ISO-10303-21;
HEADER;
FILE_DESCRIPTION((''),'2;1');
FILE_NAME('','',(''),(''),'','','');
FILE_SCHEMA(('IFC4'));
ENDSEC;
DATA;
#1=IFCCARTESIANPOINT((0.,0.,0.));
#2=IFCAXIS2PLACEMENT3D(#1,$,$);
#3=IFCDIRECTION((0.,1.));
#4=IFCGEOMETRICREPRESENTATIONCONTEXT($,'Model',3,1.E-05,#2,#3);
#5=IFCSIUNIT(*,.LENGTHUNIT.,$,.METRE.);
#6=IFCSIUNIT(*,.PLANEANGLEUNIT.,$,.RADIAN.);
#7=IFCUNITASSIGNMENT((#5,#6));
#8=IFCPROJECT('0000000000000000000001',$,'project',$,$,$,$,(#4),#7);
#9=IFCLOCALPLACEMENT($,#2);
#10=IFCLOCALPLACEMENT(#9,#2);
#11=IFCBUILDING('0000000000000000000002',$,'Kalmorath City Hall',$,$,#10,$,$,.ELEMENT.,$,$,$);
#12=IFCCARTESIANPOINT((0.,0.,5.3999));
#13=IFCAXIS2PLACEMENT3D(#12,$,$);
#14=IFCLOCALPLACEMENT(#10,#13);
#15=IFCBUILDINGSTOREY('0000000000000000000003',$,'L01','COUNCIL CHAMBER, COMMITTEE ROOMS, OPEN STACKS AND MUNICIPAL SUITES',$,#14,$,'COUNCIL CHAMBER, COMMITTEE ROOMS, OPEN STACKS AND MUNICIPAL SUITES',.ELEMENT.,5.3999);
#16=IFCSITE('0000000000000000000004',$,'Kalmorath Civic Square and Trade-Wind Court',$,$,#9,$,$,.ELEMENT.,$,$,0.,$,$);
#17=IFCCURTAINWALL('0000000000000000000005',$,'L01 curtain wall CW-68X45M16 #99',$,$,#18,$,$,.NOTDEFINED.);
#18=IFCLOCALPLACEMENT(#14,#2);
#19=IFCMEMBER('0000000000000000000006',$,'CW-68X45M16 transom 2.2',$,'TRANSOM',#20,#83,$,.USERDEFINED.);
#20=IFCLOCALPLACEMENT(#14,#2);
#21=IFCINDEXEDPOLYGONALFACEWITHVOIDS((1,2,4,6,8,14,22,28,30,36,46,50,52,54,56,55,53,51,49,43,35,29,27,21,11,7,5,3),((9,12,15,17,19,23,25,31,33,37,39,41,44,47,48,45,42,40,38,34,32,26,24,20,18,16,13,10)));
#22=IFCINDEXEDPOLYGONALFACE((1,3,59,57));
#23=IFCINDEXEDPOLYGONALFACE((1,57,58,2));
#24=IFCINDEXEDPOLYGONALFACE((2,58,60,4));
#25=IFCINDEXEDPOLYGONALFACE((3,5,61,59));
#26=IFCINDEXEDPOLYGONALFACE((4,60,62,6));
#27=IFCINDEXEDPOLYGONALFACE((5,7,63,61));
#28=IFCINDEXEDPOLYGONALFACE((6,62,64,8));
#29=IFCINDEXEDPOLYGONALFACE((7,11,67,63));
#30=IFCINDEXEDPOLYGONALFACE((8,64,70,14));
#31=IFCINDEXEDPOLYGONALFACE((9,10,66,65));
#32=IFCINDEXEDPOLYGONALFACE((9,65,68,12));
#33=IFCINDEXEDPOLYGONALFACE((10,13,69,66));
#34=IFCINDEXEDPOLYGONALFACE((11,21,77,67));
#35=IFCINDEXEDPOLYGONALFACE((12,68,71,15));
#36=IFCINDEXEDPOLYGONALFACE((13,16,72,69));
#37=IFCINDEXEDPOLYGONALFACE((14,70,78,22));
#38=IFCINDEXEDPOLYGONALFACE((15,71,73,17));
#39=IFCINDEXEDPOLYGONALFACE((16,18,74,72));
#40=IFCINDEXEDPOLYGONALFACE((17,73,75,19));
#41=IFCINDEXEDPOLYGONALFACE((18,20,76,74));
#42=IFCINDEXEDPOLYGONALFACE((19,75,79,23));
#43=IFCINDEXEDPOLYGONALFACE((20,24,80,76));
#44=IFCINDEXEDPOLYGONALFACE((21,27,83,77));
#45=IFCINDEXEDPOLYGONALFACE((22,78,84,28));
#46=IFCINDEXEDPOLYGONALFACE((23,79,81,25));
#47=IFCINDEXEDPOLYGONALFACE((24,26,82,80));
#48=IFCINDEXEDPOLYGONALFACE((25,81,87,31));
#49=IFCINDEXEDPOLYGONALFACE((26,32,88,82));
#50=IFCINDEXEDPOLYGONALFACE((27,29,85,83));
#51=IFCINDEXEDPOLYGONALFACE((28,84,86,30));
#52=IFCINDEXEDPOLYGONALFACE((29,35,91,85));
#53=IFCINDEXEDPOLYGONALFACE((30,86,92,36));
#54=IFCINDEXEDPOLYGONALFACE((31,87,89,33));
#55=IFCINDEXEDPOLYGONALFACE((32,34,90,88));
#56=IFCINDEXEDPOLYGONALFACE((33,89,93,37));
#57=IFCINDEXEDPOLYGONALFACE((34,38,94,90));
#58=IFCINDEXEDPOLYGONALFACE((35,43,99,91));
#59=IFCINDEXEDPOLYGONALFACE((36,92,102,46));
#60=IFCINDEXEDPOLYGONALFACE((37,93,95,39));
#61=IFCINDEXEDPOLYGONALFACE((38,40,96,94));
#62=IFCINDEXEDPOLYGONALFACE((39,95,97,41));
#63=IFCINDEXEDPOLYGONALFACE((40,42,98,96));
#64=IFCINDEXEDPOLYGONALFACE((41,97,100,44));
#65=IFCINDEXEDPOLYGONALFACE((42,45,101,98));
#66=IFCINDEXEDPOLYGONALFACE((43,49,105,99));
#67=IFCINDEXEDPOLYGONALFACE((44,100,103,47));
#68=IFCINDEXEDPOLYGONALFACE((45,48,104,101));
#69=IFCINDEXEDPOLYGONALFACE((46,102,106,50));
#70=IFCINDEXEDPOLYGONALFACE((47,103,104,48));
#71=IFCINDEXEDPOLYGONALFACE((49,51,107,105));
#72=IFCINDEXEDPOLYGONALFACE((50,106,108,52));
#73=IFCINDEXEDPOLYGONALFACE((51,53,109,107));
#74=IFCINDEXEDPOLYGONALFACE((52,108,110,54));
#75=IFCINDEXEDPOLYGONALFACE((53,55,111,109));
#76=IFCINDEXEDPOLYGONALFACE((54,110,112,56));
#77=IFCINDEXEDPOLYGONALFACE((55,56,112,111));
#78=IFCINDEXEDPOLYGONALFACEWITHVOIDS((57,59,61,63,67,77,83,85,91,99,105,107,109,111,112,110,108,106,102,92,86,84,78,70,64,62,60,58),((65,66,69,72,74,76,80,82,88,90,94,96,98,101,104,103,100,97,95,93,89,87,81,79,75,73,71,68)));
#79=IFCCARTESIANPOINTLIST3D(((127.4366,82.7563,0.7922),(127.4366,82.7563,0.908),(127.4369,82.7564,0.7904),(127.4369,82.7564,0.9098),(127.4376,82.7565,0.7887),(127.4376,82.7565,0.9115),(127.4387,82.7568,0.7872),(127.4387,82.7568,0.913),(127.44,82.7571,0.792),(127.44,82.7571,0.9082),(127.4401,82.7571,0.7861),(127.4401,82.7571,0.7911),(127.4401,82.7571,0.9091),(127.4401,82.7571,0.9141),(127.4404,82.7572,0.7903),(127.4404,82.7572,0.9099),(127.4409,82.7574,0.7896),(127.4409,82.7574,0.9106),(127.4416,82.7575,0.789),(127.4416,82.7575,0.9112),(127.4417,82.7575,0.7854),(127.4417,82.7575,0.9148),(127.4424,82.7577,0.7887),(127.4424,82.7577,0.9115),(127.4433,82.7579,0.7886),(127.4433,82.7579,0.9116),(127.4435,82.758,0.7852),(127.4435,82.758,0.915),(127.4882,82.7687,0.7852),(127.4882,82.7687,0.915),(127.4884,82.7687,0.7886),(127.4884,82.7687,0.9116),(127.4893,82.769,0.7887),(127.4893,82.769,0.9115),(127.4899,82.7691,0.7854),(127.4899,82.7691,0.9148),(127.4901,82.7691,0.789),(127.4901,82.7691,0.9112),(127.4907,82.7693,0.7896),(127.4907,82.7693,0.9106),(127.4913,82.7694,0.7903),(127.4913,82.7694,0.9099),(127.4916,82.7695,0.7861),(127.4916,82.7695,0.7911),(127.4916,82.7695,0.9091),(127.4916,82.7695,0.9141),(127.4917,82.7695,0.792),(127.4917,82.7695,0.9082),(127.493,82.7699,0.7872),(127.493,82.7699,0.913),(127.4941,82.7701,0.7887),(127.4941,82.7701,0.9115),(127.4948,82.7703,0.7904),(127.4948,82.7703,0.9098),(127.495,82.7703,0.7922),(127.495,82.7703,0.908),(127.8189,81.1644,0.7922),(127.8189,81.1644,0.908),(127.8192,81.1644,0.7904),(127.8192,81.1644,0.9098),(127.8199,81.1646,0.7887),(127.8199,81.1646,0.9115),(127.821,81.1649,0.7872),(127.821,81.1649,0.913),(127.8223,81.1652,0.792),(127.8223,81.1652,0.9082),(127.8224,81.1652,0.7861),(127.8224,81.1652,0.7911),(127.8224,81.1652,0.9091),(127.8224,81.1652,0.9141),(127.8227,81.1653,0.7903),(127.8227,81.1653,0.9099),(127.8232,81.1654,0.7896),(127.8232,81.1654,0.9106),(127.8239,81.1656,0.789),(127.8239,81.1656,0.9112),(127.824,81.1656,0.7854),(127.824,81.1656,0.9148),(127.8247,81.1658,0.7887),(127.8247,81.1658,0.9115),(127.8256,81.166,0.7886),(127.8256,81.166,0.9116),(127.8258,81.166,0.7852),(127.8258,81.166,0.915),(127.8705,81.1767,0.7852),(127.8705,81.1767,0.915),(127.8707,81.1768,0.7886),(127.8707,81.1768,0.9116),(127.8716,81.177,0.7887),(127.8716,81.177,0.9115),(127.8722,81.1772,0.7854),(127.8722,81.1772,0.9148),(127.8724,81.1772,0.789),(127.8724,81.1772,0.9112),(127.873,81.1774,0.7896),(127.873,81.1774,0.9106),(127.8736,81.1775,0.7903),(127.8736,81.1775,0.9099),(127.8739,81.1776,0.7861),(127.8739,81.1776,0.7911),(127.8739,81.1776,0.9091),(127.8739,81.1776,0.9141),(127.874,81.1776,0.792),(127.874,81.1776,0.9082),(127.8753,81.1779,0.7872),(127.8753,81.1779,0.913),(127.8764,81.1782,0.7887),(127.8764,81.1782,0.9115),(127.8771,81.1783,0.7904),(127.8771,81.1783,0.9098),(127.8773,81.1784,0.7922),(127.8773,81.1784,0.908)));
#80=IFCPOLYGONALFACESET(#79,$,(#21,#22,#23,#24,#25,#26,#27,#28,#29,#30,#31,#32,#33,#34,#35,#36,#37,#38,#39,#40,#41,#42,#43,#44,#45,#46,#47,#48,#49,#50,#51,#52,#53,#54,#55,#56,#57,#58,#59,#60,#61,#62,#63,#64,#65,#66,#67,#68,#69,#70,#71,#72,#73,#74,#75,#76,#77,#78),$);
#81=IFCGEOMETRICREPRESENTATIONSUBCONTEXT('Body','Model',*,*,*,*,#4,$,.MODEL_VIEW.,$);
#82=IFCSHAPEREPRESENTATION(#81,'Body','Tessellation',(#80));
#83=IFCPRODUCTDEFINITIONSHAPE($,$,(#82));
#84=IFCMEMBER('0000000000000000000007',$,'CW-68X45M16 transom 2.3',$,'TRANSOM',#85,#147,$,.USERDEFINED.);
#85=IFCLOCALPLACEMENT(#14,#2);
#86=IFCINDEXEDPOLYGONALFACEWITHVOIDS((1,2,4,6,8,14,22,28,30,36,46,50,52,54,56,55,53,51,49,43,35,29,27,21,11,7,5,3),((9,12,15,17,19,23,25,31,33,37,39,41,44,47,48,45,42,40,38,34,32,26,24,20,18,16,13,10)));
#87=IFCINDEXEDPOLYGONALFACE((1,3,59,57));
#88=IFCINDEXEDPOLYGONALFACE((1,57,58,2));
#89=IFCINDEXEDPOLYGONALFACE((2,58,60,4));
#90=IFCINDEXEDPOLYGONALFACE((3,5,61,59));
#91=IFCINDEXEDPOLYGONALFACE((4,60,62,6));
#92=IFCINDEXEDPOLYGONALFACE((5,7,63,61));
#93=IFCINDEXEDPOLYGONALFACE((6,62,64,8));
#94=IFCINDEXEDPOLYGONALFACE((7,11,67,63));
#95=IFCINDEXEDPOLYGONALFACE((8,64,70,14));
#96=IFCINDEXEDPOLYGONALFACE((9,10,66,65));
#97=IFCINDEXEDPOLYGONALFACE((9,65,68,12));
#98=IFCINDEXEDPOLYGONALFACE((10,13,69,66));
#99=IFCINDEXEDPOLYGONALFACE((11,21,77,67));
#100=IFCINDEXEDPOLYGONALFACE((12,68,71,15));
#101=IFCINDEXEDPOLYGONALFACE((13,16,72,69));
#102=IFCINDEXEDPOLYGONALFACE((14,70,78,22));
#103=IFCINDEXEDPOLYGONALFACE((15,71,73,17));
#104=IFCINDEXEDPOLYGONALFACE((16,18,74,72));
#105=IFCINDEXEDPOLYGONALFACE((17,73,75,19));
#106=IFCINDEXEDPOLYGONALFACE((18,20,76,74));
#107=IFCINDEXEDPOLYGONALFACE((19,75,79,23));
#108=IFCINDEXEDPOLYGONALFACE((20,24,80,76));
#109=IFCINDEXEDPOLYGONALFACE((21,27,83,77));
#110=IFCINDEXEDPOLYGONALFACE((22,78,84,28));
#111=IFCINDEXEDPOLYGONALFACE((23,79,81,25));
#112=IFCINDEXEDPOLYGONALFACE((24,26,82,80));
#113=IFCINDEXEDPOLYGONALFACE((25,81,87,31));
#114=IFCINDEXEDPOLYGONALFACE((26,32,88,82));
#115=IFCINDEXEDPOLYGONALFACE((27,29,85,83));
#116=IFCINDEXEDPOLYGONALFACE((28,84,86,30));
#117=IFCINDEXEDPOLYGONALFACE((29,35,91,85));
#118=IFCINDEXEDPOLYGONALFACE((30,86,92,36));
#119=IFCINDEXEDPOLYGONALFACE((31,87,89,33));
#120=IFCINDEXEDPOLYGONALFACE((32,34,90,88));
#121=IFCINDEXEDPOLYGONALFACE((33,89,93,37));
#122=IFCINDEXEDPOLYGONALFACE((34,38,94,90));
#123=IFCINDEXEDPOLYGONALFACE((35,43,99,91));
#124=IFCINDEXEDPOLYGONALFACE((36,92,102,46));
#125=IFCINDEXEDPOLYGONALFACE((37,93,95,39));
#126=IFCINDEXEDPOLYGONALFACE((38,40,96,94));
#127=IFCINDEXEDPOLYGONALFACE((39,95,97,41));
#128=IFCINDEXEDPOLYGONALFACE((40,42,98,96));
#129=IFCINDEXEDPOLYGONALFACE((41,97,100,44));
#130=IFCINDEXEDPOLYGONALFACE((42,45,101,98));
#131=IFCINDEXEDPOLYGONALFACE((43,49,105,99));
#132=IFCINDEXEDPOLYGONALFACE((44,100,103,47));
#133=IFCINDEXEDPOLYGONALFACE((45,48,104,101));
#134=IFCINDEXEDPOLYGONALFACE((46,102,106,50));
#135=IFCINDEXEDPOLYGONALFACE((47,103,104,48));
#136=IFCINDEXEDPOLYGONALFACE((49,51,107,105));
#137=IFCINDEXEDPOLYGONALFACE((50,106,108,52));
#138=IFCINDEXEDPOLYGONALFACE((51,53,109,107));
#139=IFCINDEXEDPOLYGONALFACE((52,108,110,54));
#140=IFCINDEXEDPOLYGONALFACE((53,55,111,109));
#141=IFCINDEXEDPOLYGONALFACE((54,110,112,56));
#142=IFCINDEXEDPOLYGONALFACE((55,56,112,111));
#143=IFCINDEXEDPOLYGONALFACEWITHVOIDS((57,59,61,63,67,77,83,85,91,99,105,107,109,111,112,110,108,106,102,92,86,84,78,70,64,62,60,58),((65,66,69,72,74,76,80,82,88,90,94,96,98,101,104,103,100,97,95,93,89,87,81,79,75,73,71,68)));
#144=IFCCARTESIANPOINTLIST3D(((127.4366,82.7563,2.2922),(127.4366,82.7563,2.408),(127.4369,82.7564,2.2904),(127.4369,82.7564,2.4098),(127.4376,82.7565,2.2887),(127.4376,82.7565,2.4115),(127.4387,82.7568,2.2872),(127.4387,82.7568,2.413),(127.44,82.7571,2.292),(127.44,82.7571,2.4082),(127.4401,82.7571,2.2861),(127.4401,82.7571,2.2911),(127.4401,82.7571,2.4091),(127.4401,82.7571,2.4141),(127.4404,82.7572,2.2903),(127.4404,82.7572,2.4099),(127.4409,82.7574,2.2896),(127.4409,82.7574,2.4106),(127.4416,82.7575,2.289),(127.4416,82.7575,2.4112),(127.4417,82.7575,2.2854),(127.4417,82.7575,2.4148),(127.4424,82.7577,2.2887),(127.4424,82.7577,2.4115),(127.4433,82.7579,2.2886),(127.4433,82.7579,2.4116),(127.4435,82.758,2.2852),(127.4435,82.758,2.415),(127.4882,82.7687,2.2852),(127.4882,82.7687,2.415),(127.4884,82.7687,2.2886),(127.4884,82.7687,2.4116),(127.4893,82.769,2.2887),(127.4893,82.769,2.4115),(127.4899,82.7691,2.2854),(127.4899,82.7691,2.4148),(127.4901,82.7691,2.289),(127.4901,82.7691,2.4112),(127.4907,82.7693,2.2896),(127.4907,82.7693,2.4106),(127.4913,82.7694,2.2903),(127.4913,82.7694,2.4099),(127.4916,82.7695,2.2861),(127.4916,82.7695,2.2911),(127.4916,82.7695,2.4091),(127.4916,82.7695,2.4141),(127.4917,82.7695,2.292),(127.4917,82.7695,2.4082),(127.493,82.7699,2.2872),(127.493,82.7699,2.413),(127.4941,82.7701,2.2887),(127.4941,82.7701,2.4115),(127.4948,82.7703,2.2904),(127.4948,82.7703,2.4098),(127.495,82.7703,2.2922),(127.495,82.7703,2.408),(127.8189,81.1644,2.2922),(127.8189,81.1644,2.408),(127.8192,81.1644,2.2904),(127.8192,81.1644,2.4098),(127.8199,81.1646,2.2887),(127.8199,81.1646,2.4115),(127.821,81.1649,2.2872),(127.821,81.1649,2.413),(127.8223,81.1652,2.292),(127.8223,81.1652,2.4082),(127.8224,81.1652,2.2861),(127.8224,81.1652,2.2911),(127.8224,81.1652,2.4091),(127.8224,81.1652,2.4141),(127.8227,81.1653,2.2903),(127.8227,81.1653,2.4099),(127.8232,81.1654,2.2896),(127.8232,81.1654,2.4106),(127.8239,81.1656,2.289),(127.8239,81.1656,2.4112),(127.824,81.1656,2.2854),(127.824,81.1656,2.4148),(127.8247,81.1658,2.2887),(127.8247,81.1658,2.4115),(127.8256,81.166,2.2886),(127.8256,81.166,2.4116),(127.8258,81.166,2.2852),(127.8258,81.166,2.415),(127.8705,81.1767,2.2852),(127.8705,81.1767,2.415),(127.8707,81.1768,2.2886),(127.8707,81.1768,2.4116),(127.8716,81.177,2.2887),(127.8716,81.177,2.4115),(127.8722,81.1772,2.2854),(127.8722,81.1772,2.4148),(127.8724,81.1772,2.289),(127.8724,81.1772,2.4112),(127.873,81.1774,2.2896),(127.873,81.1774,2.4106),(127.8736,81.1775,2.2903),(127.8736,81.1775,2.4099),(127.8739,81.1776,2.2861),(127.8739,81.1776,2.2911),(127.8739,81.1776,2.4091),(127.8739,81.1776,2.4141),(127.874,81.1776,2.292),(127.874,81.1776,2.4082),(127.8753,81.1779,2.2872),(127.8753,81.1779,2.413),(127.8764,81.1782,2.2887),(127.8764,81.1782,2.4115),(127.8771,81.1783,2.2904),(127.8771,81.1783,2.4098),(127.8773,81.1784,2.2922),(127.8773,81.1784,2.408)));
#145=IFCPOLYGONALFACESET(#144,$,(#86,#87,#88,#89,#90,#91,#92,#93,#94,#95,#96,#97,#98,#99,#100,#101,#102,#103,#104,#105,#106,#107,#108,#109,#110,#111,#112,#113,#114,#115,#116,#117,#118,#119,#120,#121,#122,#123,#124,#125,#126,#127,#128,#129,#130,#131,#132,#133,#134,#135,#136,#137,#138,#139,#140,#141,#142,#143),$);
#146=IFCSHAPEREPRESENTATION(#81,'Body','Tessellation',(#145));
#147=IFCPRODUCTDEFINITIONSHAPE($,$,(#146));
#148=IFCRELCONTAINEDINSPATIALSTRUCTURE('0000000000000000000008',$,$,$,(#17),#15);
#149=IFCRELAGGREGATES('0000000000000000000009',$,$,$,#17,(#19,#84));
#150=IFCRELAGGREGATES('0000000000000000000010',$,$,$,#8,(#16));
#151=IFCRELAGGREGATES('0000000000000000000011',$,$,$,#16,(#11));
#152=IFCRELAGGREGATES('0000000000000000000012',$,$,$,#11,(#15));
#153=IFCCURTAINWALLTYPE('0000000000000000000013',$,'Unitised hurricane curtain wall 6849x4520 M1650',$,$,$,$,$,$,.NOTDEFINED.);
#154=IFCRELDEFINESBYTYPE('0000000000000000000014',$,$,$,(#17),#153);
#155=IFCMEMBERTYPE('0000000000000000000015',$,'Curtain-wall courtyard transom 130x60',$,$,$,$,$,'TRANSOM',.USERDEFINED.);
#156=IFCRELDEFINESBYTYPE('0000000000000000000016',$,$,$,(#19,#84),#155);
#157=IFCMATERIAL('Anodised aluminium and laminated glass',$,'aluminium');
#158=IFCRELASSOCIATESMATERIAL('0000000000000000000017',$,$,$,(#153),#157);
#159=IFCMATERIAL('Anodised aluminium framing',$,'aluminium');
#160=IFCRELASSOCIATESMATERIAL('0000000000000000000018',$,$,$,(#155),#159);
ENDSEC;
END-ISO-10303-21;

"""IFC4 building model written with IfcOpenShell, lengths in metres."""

from ifc_helpers import new_model, si_unit, direction, frame, origin, origin_2d, place, context, subcontext, project, spatial, hollow_rectangle, extrude, material, material_profile, profile_set, type_object, element, aggregate, save


model = new_model("IFC4")

# Units and contexts
model_context = context("Model", 3, precision=1e-05, world=origin(), true_north=direction((0.0, 1.0)))
body_context = subcontext(model_context, "Body", "Model", "MODEL_VIEW")
ifc_project = project(units=[si_unit("LENGTHUNIT", "METRE"), si_unit("PLANEANGLEUNIT", "RADIAN")], contexts=[model_context])

# Site, building, storey
site_placement = place(None, origin())
site = spatial("IfcSite", under=ifc_project, at=site_placement, Name="Kalmorath Civic Square and Trade-Wind Court", CompositionType="ELEMENT", RefElevation=0.0)
building_placement = place(site_placement, origin())
building = spatial("IfcBuilding", under=site, at=building_placement, Name="Kalmorath City Hall", CompositionType="ELEMENT")
storey_placement = place(building_placement, frame((0.0, 0.0, 5.3999)))
storey = spatial("IfcBuildingStorey", under=building, at=storey_placement, Name="L01", Description="COUNCIL CHAMBER, COMMITTEE ROOMS, OPEN STACKS AND MUNICIPAL SUITES", LongName="COUNCIL CHAMBER, COMMITTEE ROOMS, OPEN STACKS AND MUNICIPAL SUITES", CompositionType="ELEMENT", Elevation=5.3999)

# Curtain wall, members
ifc_material_1 = material(Name="Anodised aluminium and laminated glass", Category="aluminium")
curtain_wall_type = type_object("IfcCurtainWallType", Name="Unitised hurricane curtain wall 6849x4520 M1650", PredefinedType="NOTDEFINED", material=ifc_material_1)
curtain_wall_1_placement = place(storey_placement, origin())
curtain_wall_1 = element("IfcCurtainWall", 1, at=curtain_wall_1_placement, inside=storey, type_object=curtain_wall_type, Name="L01 curtain wall CW-68X45M16 #99", PredefinedType="NOTDEFINED")
ifc_material_2 = material(Name="Anodised aluminium framing", Category="aluminium")
ifc_material_profile_1 = material_profile(ifc_material_2, hollow_rectangle(XDim=0.0601, YDim=0.1299, WallThickness=0.0034, InnerFilletRadius=0.0034, OuterFilletRadius=0.0071, at=origin_2d()), Name="ALU-TRN-130X60X3.5")
ifc_profile_set_1 = profile_set([ifc_material_profile_1], Name="Anodised aluminium framing")
member_type_1 = type_object("IfcMemberType", Name="Curtain-wall courtyard transom 130x60", ElementType="TRANSOM", PredefinedType="USERDEFINED", material=ifc_profile_set_1)
member_1_placement = place(storey_placement, frame((127.8481, 81.1714, 0.8501), z_axis=(-0.233508, 0.972355, 0.0), x_axis=(-0.972355, -0.233508, 0.0)))
member_1 = element("IfcMember", 2, at=member_1_placement, type_object=member_type_1, Name="CW-68X45M16 transom 2.2", ObjectType="TRANSOM", PredefinedType="USERDEFINED", context=body_context, shape_type="SweptSolid", body=[
    extrude(hollow_rectangle(XDim=0.0601, YDim=0.1299, WallThickness=0.0034, InnerFilletRadius=0.0034, OuterFilletRadius=0.0071, at=origin_2d()), origin(), (0.0, 0.0, 1.0), 1.6372),
])
member_2_placement = place(storey_placement, frame((127.8481, 81.1714, 2.3501), z_axis=(-0.233508, 0.972355, 0.0), x_axis=(-0.972355, -0.233508, 0.0)))
member_2 = element("IfcMember", 3, at=member_2_placement, type_object=member_type_1, Name="CW-68X45M16 transom 2.3", ObjectType="TRANSOM", PredefinedType="USERDEFINED", context=body_context, shape_type="SweptSolid", body=[
    extrude(hollow_rectangle(XDim=0.0601, YDim=0.1299, WallThickness=0.0034, InnerFilletRadius=0.0034, OuterFilletRadius=0.0071, at=origin_2d()), origin(), (0.0, 0.0, 1.0), 1.6372),
])

aggregate(curtain_wall_1, [member_1, member_2])

save(model, "model.ifc")
